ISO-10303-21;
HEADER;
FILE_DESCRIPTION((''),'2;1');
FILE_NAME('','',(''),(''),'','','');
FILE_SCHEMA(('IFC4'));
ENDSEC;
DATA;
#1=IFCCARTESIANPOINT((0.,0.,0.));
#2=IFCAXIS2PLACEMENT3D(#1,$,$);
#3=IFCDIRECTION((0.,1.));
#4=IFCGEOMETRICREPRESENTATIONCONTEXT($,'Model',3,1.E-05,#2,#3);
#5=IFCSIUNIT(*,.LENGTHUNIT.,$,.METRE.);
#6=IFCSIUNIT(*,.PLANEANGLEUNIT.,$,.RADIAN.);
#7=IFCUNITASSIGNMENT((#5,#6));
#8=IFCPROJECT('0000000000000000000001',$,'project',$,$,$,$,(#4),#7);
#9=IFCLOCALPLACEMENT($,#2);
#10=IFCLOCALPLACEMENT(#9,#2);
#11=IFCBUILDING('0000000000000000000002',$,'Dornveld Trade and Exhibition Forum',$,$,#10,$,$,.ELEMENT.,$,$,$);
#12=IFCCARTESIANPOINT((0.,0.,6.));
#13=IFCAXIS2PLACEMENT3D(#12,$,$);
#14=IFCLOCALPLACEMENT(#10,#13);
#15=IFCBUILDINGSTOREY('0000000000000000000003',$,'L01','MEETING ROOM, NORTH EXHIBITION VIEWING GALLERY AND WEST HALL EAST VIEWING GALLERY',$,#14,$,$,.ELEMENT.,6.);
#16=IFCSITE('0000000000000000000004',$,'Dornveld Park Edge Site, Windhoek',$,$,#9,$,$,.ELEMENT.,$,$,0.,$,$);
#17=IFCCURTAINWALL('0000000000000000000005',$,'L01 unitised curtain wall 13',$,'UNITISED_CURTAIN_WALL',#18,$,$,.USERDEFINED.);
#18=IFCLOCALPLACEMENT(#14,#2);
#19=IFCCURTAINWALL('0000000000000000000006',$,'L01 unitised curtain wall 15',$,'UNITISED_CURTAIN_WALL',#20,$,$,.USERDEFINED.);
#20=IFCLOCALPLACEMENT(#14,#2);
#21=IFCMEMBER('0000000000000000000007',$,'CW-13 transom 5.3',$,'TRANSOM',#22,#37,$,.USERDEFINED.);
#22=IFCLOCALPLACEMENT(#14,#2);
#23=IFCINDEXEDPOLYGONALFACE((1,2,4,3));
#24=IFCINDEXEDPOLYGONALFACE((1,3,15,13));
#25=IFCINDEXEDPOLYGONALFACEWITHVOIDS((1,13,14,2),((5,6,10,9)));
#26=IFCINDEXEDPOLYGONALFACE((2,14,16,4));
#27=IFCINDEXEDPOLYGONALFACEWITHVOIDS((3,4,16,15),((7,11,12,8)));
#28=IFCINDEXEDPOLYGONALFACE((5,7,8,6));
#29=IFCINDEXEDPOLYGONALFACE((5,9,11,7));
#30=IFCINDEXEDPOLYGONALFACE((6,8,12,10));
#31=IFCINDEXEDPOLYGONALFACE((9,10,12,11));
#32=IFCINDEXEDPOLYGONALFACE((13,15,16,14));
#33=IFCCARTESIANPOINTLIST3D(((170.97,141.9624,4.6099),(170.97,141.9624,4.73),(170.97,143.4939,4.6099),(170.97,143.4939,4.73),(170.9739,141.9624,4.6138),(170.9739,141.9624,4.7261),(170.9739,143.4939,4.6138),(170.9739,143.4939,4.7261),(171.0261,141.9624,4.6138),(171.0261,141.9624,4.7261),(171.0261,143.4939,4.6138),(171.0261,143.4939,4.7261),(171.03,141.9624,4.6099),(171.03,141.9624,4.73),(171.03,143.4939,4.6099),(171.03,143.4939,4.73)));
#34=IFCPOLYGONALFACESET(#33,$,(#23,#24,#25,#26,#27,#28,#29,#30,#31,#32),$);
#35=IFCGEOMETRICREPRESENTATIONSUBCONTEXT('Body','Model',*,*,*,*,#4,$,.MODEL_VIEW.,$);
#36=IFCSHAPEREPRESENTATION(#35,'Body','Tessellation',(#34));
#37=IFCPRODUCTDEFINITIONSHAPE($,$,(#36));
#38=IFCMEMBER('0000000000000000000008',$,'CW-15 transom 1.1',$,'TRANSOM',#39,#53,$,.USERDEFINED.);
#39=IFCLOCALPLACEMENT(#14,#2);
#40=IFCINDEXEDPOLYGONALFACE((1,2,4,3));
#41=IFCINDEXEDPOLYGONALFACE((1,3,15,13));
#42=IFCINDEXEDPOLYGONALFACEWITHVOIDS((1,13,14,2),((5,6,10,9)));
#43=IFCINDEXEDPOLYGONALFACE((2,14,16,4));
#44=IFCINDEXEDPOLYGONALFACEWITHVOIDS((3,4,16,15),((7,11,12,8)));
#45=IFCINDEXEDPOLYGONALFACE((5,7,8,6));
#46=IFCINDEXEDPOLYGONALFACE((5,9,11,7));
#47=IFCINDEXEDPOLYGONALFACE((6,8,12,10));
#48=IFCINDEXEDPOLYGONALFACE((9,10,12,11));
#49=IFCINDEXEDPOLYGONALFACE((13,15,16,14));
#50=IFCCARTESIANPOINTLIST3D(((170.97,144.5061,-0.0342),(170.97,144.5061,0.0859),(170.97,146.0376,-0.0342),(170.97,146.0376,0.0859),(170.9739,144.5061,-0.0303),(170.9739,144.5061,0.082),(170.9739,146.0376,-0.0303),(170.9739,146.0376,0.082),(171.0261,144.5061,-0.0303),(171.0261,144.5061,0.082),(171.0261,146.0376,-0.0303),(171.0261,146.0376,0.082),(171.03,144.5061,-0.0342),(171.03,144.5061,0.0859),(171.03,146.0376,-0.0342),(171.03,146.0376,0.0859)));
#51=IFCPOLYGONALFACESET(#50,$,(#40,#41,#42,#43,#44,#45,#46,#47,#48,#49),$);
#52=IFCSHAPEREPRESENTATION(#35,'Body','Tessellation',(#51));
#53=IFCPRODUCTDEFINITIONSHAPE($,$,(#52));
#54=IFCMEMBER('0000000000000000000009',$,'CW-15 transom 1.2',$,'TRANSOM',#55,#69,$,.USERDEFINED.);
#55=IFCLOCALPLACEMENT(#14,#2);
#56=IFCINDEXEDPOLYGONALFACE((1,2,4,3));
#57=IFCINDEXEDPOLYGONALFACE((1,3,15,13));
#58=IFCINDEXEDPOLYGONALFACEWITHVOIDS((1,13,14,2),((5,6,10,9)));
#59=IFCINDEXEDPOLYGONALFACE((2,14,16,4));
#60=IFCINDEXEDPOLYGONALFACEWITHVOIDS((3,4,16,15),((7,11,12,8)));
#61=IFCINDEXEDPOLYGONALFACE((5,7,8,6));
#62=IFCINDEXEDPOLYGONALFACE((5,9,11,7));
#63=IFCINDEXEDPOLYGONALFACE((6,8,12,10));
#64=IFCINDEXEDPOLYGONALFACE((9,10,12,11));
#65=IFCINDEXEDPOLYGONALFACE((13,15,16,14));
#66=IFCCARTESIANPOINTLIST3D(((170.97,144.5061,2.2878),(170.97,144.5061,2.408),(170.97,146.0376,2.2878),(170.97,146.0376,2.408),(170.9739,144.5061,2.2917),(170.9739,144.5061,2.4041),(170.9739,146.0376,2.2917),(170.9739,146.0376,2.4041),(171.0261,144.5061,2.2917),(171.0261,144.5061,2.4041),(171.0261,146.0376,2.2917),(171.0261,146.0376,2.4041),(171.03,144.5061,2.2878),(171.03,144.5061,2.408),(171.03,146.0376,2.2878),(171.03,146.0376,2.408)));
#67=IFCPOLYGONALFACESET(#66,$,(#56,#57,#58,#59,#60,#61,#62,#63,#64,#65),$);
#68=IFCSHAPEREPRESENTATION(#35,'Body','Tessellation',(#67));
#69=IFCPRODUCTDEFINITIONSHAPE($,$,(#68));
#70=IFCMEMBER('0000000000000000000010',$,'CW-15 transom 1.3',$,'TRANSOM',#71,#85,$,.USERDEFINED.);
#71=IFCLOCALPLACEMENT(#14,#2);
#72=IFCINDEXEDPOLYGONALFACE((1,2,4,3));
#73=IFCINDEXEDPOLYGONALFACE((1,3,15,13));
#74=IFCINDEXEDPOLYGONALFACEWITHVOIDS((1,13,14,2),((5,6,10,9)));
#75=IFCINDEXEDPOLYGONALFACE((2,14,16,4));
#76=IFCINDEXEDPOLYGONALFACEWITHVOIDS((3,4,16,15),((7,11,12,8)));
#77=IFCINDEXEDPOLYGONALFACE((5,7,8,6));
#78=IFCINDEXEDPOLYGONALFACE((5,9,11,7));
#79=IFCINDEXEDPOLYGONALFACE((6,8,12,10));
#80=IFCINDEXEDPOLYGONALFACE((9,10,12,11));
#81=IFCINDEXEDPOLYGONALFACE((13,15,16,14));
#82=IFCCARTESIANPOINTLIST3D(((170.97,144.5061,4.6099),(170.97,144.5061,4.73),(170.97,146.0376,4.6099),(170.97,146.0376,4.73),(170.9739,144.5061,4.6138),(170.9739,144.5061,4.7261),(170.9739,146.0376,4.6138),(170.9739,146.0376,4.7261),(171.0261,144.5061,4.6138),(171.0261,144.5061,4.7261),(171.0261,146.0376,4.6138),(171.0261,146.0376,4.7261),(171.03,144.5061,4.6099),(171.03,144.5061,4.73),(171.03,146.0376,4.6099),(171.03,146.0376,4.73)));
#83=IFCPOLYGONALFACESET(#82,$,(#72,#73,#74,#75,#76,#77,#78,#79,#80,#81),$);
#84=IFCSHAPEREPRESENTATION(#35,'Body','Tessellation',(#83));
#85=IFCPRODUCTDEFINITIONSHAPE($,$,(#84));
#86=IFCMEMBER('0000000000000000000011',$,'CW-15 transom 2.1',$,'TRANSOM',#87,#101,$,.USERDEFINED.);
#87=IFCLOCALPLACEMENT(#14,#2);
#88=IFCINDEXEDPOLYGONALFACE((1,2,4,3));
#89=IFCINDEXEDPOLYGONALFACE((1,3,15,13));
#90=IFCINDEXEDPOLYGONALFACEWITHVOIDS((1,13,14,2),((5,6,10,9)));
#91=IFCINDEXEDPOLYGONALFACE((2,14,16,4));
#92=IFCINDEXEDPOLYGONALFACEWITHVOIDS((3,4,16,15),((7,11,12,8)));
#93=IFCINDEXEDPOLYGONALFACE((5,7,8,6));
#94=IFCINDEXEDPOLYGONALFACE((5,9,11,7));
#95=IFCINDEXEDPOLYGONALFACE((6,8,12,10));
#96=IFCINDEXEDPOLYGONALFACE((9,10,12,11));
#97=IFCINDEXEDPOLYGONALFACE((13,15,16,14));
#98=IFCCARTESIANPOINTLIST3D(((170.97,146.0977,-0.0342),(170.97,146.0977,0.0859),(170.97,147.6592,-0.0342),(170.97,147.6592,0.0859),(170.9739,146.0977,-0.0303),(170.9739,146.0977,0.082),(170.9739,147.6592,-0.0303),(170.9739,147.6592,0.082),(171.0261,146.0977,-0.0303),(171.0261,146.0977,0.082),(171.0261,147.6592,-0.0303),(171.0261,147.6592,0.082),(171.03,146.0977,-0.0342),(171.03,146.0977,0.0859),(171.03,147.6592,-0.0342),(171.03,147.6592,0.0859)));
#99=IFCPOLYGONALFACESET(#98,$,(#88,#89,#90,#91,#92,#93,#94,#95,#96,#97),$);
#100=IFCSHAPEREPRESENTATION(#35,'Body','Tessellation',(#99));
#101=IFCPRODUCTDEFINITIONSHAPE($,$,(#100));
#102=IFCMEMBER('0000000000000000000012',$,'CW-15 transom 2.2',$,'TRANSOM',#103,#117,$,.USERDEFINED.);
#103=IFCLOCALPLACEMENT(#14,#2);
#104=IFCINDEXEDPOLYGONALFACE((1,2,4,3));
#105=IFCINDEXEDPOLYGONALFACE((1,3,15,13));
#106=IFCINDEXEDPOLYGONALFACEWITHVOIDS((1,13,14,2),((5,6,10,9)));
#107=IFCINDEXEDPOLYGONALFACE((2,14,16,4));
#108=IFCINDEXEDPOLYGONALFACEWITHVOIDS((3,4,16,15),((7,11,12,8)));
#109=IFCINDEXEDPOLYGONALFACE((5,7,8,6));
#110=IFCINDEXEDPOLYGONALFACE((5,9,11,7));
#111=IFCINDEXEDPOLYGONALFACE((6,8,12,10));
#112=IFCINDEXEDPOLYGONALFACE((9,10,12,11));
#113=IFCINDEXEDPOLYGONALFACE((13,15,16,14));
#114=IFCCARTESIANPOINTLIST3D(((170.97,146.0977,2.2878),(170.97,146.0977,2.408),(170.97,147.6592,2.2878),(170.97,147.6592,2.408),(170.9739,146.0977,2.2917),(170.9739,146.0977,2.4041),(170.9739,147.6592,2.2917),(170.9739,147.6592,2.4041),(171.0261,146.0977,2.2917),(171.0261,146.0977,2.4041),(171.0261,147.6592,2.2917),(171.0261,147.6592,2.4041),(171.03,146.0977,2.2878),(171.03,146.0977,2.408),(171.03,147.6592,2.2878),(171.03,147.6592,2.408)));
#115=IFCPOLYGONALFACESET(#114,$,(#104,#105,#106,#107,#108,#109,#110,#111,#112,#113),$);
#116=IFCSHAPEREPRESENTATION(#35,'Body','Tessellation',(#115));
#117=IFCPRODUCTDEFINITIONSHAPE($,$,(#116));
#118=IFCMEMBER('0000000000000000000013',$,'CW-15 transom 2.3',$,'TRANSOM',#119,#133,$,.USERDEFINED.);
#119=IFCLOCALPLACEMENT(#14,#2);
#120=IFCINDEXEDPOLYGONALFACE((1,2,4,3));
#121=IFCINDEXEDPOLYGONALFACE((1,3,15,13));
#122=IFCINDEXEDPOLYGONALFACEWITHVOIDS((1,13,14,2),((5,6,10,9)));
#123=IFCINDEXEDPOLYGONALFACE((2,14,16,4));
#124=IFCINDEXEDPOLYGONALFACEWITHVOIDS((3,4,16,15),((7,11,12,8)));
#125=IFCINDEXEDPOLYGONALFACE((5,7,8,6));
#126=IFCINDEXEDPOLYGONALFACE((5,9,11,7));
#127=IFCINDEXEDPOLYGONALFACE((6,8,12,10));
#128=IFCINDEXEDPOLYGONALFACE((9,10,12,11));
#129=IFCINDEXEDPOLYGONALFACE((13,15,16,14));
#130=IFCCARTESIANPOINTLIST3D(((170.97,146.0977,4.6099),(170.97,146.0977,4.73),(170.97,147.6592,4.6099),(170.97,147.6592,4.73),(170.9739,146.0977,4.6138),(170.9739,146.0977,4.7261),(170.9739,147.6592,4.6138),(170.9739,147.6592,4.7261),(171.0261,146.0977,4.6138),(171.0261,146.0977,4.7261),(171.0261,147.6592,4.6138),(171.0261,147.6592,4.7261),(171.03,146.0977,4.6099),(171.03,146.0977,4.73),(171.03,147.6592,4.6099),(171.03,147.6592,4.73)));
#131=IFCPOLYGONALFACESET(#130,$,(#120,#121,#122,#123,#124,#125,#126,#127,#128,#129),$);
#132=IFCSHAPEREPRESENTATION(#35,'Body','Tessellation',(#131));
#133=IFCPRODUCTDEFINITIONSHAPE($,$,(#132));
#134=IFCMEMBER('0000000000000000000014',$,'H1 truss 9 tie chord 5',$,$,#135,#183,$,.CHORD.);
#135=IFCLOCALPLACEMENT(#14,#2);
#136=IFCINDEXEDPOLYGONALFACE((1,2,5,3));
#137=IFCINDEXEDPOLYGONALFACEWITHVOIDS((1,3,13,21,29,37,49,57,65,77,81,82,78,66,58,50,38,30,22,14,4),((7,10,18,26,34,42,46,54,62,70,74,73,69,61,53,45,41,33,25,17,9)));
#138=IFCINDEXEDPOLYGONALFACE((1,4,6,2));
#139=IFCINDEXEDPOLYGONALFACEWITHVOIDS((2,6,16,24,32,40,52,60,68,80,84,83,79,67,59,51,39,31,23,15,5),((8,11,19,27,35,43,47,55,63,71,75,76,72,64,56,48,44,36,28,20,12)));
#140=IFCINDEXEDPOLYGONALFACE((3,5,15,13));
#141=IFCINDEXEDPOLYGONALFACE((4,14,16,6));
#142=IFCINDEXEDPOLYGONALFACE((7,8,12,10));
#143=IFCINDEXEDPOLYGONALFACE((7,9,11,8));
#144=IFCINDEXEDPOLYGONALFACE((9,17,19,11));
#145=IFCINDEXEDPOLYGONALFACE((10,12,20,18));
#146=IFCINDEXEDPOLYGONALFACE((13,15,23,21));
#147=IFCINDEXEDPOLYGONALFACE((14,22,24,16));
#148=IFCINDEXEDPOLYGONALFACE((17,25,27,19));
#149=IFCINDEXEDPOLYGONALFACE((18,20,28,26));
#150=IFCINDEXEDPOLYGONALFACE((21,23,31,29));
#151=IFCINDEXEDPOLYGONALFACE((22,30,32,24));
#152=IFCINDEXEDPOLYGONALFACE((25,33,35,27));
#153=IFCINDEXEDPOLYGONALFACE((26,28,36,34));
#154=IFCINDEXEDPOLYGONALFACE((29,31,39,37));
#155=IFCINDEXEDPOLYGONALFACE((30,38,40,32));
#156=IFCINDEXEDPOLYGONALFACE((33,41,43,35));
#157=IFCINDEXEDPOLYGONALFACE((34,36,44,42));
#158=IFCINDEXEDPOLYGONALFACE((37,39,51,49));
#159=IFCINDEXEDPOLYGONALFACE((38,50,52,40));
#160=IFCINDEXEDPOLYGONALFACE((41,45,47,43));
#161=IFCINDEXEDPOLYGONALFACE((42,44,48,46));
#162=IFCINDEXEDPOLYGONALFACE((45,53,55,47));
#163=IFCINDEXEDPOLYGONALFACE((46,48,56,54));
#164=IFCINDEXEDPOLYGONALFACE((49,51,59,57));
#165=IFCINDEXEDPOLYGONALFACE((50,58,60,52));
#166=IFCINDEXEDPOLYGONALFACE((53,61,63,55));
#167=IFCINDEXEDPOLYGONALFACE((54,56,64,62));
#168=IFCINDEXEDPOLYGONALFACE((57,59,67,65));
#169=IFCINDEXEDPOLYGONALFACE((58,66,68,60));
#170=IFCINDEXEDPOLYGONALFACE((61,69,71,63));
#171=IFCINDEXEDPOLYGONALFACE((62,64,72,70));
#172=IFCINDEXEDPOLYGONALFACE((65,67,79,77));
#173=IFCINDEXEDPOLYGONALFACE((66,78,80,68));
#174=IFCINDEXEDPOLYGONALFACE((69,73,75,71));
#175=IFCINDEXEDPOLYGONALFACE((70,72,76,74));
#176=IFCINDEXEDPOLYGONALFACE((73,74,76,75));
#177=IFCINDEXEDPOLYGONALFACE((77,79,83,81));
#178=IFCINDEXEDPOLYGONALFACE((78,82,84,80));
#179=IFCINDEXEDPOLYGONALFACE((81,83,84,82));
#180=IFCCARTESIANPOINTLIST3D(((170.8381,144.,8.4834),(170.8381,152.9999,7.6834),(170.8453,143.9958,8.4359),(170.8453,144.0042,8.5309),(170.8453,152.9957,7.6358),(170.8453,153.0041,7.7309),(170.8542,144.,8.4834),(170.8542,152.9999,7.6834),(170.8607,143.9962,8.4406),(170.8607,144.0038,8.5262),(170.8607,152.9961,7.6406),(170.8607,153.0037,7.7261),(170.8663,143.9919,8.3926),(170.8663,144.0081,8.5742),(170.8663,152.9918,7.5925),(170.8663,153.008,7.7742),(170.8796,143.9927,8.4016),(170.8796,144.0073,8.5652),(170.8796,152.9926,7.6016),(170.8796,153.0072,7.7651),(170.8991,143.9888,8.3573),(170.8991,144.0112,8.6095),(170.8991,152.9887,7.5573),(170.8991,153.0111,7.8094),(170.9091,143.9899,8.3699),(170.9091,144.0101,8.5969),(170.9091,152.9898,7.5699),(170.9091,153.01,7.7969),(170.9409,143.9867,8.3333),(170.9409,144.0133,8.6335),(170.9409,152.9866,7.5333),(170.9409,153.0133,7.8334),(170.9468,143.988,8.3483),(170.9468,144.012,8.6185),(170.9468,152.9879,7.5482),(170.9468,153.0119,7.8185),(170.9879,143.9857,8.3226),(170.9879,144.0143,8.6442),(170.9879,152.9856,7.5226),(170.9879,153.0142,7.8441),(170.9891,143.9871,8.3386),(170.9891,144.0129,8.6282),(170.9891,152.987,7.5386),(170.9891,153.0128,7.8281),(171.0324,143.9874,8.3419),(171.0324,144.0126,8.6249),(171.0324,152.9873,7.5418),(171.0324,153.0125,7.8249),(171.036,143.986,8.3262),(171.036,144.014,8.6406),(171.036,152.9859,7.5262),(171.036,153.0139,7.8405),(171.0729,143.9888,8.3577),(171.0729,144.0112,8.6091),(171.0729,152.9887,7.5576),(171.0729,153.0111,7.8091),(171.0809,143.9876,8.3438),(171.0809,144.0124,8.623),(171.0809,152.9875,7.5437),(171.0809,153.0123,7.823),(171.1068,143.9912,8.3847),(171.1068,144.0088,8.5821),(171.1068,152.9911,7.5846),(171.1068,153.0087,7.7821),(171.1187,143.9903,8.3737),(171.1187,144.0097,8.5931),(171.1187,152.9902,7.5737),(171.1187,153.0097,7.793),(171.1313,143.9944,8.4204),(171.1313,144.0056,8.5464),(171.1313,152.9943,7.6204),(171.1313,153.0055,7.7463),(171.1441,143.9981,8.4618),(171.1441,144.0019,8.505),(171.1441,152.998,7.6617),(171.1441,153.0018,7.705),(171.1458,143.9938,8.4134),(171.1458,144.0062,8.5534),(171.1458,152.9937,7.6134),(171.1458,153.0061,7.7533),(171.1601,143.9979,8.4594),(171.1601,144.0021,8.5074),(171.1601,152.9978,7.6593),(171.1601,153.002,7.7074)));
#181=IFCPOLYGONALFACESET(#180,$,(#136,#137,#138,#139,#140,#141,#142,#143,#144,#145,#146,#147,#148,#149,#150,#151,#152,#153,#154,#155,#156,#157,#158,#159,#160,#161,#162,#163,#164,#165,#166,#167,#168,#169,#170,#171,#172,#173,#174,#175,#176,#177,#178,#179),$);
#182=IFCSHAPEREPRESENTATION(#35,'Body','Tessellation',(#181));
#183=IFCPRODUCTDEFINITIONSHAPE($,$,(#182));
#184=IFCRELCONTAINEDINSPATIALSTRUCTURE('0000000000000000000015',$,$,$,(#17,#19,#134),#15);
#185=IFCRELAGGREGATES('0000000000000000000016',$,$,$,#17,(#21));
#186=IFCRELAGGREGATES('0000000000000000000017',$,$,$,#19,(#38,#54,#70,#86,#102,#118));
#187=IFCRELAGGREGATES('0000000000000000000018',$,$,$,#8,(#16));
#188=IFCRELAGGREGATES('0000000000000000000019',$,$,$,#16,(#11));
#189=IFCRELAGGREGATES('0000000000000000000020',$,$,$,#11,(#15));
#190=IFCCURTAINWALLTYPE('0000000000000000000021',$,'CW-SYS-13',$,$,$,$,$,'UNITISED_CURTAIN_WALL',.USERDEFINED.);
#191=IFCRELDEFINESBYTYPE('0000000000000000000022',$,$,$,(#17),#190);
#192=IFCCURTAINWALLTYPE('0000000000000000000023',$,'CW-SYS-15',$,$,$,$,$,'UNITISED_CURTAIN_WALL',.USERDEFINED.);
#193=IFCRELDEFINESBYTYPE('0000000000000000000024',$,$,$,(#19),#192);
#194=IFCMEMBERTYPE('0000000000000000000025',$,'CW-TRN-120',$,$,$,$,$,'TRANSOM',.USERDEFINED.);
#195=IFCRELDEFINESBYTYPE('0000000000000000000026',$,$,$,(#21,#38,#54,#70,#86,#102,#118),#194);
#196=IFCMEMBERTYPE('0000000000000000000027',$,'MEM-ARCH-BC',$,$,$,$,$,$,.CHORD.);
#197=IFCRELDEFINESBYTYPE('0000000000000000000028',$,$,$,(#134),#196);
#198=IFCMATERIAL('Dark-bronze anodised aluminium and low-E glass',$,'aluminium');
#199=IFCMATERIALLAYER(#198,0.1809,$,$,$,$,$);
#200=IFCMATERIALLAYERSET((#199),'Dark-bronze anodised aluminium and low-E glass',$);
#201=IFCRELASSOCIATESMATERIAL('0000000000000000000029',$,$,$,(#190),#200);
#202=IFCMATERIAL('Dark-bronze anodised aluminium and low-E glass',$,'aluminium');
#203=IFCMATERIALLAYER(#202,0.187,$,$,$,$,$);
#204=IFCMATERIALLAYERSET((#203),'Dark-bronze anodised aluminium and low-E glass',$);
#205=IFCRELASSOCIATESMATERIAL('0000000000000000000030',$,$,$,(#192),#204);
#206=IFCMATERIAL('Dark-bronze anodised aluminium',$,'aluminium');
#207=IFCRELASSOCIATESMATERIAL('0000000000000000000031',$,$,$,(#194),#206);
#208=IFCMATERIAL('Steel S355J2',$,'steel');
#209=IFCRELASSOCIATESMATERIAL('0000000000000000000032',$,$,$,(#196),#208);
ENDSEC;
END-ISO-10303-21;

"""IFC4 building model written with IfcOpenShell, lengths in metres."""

from ifc_helpers import new_model, si_unit, direction, frame, origin, origin_2d, place, context, subcontext, project, spatial, hollow_rectangle, hollow_circle, extrude, material, layer, layer_set, material_profile, profile_set, type_object, element, aggregate, save


model = new_model("IFC4")

# Units and contexts
model_context = context("Model", 3, precision=1e-05, world=origin(), true_north=direction((0.0, 1.0)))
body_context = subcontext(model_context, "Body", "Model", "MODEL_VIEW")
ifc_project = project(units=[si_unit("LENGTHUNIT", "METRE"), si_unit("PLANEANGLEUNIT", "RADIAN")], contexts=[model_context])

# Site, building, storey
site_placement = place(None, origin())
site = spatial("IfcSite", under=ifc_project, at=site_placement, Name="Dornveld Park Edge Site, Windhoek", CompositionType="ELEMENT", RefElevation=0.0)
building_placement = place(site_placement, origin())
building = spatial("IfcBuilding", under=site, at=building_placement, Name="Dornveld Trade and Exhibition Forum", CompositionType="ELEMENT")
storey_placement = place(building_placement, frame((0.0, 0.0, 6.0)))
storey = spatial("IfcBuildingStorey", under=building, at=storey_placement, Name="L01", Description="MEETING ROOM, NORTH EXHIBITION VIEWING GALLERY AND WEST HALL EAST VIEWING GALLERY", CompositionType="ELEMENT", Elevation=6.0)

# Curtain walls
ifc_material_1 = material(Name="Dark-bronze anodised aluminium and low-E glass", Category="aluminium")
ifc_layer_1 = layer(ifc_material_1, 0.1809)
ifc_layer_set_1 = layer_set([ifc_layer_1], Name="Dark-bronze anodised aluminium and low-E glass")
curtain_wall_type_1 = type_object("IfcCurtainWallType", Name="CW-SYS-13", ElementType="UNITISED_CURTAIN_WALL", PredefinedType="USERDEFINED", material=ifc_layer_set_1)
curtain_wall_1_placement = place(storey_placement, origin())
curtain_wall_1 = element("IfcCurtainWall", 1, at=curtain_wall_1_placement, inside=storey, type_object=curtain_wall_type_1, Name="L01 unitised curtain wall 13", ObjectType="UNITISED_CURTAIN_WALL", PredefinedType="USERDEFINED")
ifc_material_2 = material(Name="Dark-bronze anodised aluminium and low-E glass", Category="aluminium")
ifc_layer_2 = layer(ifc_material_2, 0.187)
ifc_layer_set_2 = layer_set([ifc_layer_2], Name="Dark-bronze anodised aluminium and low-E glass")
curtain_wall_type_2 = type_object("IfcCurtainWallType", Name="CW-SYS-15", ElementType="UNITISED_CURTAIN_WALL", PredefinedType="USERDEFINED", material=ifc_layer_set_2)
curtain_wall_2_placement = place(storey_placement, origin())
curtain_wall_2 = element("IfcCurtainWall", 2, at=curtain_wall_2_placement, inside=storey, type_object=curtain_wall_type_2, Name="L01 unitised curtain wall 15", ObjectType="UNITISED_CURTAIN_WALL", PredefinedType="USERDEFINED")

# Members
ifc_material_3 = material(Name="Dark-bronze anodised aluminium", Category="aluminium")
ifc_material_profile_1 = material_profile(ifc_material_3, hollow_rectangle(XDim=0.0601, YDim=0.1201, WallThickness=0.0039, at=origin_2d()), Name="RHS 120x60x4")
ifc_profile_set_1 = profile_set([ifc_material_profile_1], Name="Dark-bronze anodised aluminium")
member_type_1 = type_object("IfcMemberType", Name="CW-TRN-120", ElementType="TRANSOM", PredefinedType="USERDEFINED", material=ifc_profile_set_1)
member_1_placement = place(storey_placement, frame((171.0, 141.9624, 4.6699), z_axis=(0.0, 1.0, 0.0), x_axis=(-1.0, 0.0, 0.0)))
member_1 = element("IfcMember", 3, at=member_1_placement, type_object=member_type_1, Name="CW-13 transom 5.3", ObjectType="TRANSOM", PredefinedType="USERDEFINED", context=body_context, shape_type="SweptSolid", body=[
    extrude(hollow_rectangle(XDim=0.0601, YDim=0.1201, WallThickness=0.0039, at=origin_2d()), origin(), (0.0, 0.0, 1.0), 1.5315),
])
member_2_placement = place(storey_placement, frame((171.0, 144.5061, 0.0259), z_axis=(0.0, 1.0, 0.0), x_axis=(-1.0, 0.0, 0.0)))
member_2 = element("IfcMember", 4, at=member_2_placement, type_object=member_type_1, Name="CW-15 transom 1.1", ObjectType="TRANSOM", PredefinedType="USERDEFINED", context=body_context, shape_type="SweptSolid", body=[
    extrude(hollow_rectangle(XDim=0.0601, YDim=0.1201, WallThickness=0.0039, at=origin_2d()), origin(), (0.0, 0.0, 1.0), 1.5315),
])
member_3_placement = place(storey_placement, frame((171.0, 144.5061, 2.3479), z_axis=(0.0, 1.0, 0.0), x_axis=(-1.0, 0.0, 0.0)))
member_3 = element("IfcMember", 5, at=member_3_placement, type_object=member_type_1, Name="CW-15 transom 1.2", ObjectType="TRANSOM", PredefinedType="USERDEFINED", context=body_context, shape_type="SweptSolid", body=[
    extrude(hollow_rectangle(XDim=0.0601, YDim=0.1201, WallThickness=0.0039, at=origin_2d()), origin(), (0.0, 0.0, 1.0), 1.5315),
])
member_4_placement = place(storey_placement, frame((171.0, 144.5061, 4.6699), z_axis=(0.0, 1.0, 0.0), x_axis=(-1.0, 0.0, 0.0)))
member_4 = element("IfcMember", 6, at=member_4_placement, type_object=member_type_1, Name="CW-15 transom 1.3", ObjectType="TRANSOM", PredefinedType="USERDEFINED", context=body_context, shape_type="SweptSolid", body=[
    extrude(hollow_rectangle(XDim=0.0601, YDim=0.1201, WallThickness=0.0039, at=origin_2d()), origin(), (0.0, 0.0, 1.0), 1.5315),
])
member_5_placement = place(storey_placement, frame((171.0, 146.0977, 0.0259), z_axis=(0.0, 1.0, 0.0), x_axis=(-1.0, 0.0, 0.0)))
member_5 = element("IfcMember", 7, at=member_5_placement, type_object=member_type_1, Name="CW-15 transom 2.1", ObjectType="TRANSOM", PredefinedType="USERDEFINED", context=body_context, shape_type="SweptSolid", body=[
    extrude(hollow_rectangle(XDim=0.0601, YDim=0.1201, WallThickness=0.0039, at=origin_2d()), origin(), (0.0, 0.0, 1.0), 1.5615),
])
member_6_placement = place(storey_placement, frame((171.0, 146.0977, 2.3479), z_axis=(0.0, 1.0, 0.0), x_axis=(-1.0, 0.0, 0.0)))
member_6 = element("IfcMember", 8, at=member_6_placement, type_object=member_type_1, Name="CW-15 transom 2.2", ObjectType="TRANSOM", PredefinedType="USERDEFINED", context=body_context, shape_type="SweptSolid", body=[
    extrude(hollow_rectangle(XDim=0.0601, YDim=0.1201, WallThickness=0.0039, at=origin_2d()), origin(), (0.0, 0.0, 1.0), 1.5615),
])
member_7_placement = place(storey_placement, frame((171.0, 146.0977, 4.6699), z_axis=(0.0, 1.0, 0.0), x_axis=(-1.0, 0.0, 0.0)))
member_7 = element("IfcMember", 9, at=member_7_placement, type_object=member_type_1, Name="CW-15 transom 2.3", ObjectType="TRANSOM", PredefinedType="USERDEFINED", context=body_context, shape_type="SweptSolid", body=[
    extrude(hollow_rectangle(XDim=0.0601, YDim=0.1201, WallThickness=0.0039, at=origin_2d()), origin(), (0.0, 0.0, 1.0), 1.5615),
])

# Member
ifc_material_4 = material(Name="Steel S355J2", Category="steel")
ifc_material_profile_2 = material_profile(ifc_material_4, hollow_circle(Radius=0.1619, WallThickness=0.0161, at=origin_2d()), Name="CHS 323.9x16")
ifc_profile_set_2 = profile_set([ifc_material_profile_2], Name="Steel S355J2")
member_type_2 = type_object("IfcMemberType", Name="MEM-ARCH-BC", PredefinedType="CHORD", material=ifc_profile_set_2)
member_8_placement = place(storey_placement, frame((171.0, 144.0, 8.4834), z_axis=(0.0, 0.996072, -0.088545), x_axis=(-1.0, 0.0, 0.0)))
element("IfcMember", 10, at=member_8_placement, inside=storey, type_object=member_type_2, Name="H1 truss 9 tie chord 5", PredefinedType="CHORD", context=body_context, shape_type="SweptSolid", body=[
    extrude(hollow_circle(Radius=0.1619, WallThickness=0.0161, at=origin_2d()), origin(), (0.0, 0.0, 1.0), 9.0354),
])

aggregate(curtain_wall_1, [member_1])
aggregate(curtain_wall_2, [member_2, member_3, member_4, member_5, member_6, member_7])

save(model, "model.ifc")
